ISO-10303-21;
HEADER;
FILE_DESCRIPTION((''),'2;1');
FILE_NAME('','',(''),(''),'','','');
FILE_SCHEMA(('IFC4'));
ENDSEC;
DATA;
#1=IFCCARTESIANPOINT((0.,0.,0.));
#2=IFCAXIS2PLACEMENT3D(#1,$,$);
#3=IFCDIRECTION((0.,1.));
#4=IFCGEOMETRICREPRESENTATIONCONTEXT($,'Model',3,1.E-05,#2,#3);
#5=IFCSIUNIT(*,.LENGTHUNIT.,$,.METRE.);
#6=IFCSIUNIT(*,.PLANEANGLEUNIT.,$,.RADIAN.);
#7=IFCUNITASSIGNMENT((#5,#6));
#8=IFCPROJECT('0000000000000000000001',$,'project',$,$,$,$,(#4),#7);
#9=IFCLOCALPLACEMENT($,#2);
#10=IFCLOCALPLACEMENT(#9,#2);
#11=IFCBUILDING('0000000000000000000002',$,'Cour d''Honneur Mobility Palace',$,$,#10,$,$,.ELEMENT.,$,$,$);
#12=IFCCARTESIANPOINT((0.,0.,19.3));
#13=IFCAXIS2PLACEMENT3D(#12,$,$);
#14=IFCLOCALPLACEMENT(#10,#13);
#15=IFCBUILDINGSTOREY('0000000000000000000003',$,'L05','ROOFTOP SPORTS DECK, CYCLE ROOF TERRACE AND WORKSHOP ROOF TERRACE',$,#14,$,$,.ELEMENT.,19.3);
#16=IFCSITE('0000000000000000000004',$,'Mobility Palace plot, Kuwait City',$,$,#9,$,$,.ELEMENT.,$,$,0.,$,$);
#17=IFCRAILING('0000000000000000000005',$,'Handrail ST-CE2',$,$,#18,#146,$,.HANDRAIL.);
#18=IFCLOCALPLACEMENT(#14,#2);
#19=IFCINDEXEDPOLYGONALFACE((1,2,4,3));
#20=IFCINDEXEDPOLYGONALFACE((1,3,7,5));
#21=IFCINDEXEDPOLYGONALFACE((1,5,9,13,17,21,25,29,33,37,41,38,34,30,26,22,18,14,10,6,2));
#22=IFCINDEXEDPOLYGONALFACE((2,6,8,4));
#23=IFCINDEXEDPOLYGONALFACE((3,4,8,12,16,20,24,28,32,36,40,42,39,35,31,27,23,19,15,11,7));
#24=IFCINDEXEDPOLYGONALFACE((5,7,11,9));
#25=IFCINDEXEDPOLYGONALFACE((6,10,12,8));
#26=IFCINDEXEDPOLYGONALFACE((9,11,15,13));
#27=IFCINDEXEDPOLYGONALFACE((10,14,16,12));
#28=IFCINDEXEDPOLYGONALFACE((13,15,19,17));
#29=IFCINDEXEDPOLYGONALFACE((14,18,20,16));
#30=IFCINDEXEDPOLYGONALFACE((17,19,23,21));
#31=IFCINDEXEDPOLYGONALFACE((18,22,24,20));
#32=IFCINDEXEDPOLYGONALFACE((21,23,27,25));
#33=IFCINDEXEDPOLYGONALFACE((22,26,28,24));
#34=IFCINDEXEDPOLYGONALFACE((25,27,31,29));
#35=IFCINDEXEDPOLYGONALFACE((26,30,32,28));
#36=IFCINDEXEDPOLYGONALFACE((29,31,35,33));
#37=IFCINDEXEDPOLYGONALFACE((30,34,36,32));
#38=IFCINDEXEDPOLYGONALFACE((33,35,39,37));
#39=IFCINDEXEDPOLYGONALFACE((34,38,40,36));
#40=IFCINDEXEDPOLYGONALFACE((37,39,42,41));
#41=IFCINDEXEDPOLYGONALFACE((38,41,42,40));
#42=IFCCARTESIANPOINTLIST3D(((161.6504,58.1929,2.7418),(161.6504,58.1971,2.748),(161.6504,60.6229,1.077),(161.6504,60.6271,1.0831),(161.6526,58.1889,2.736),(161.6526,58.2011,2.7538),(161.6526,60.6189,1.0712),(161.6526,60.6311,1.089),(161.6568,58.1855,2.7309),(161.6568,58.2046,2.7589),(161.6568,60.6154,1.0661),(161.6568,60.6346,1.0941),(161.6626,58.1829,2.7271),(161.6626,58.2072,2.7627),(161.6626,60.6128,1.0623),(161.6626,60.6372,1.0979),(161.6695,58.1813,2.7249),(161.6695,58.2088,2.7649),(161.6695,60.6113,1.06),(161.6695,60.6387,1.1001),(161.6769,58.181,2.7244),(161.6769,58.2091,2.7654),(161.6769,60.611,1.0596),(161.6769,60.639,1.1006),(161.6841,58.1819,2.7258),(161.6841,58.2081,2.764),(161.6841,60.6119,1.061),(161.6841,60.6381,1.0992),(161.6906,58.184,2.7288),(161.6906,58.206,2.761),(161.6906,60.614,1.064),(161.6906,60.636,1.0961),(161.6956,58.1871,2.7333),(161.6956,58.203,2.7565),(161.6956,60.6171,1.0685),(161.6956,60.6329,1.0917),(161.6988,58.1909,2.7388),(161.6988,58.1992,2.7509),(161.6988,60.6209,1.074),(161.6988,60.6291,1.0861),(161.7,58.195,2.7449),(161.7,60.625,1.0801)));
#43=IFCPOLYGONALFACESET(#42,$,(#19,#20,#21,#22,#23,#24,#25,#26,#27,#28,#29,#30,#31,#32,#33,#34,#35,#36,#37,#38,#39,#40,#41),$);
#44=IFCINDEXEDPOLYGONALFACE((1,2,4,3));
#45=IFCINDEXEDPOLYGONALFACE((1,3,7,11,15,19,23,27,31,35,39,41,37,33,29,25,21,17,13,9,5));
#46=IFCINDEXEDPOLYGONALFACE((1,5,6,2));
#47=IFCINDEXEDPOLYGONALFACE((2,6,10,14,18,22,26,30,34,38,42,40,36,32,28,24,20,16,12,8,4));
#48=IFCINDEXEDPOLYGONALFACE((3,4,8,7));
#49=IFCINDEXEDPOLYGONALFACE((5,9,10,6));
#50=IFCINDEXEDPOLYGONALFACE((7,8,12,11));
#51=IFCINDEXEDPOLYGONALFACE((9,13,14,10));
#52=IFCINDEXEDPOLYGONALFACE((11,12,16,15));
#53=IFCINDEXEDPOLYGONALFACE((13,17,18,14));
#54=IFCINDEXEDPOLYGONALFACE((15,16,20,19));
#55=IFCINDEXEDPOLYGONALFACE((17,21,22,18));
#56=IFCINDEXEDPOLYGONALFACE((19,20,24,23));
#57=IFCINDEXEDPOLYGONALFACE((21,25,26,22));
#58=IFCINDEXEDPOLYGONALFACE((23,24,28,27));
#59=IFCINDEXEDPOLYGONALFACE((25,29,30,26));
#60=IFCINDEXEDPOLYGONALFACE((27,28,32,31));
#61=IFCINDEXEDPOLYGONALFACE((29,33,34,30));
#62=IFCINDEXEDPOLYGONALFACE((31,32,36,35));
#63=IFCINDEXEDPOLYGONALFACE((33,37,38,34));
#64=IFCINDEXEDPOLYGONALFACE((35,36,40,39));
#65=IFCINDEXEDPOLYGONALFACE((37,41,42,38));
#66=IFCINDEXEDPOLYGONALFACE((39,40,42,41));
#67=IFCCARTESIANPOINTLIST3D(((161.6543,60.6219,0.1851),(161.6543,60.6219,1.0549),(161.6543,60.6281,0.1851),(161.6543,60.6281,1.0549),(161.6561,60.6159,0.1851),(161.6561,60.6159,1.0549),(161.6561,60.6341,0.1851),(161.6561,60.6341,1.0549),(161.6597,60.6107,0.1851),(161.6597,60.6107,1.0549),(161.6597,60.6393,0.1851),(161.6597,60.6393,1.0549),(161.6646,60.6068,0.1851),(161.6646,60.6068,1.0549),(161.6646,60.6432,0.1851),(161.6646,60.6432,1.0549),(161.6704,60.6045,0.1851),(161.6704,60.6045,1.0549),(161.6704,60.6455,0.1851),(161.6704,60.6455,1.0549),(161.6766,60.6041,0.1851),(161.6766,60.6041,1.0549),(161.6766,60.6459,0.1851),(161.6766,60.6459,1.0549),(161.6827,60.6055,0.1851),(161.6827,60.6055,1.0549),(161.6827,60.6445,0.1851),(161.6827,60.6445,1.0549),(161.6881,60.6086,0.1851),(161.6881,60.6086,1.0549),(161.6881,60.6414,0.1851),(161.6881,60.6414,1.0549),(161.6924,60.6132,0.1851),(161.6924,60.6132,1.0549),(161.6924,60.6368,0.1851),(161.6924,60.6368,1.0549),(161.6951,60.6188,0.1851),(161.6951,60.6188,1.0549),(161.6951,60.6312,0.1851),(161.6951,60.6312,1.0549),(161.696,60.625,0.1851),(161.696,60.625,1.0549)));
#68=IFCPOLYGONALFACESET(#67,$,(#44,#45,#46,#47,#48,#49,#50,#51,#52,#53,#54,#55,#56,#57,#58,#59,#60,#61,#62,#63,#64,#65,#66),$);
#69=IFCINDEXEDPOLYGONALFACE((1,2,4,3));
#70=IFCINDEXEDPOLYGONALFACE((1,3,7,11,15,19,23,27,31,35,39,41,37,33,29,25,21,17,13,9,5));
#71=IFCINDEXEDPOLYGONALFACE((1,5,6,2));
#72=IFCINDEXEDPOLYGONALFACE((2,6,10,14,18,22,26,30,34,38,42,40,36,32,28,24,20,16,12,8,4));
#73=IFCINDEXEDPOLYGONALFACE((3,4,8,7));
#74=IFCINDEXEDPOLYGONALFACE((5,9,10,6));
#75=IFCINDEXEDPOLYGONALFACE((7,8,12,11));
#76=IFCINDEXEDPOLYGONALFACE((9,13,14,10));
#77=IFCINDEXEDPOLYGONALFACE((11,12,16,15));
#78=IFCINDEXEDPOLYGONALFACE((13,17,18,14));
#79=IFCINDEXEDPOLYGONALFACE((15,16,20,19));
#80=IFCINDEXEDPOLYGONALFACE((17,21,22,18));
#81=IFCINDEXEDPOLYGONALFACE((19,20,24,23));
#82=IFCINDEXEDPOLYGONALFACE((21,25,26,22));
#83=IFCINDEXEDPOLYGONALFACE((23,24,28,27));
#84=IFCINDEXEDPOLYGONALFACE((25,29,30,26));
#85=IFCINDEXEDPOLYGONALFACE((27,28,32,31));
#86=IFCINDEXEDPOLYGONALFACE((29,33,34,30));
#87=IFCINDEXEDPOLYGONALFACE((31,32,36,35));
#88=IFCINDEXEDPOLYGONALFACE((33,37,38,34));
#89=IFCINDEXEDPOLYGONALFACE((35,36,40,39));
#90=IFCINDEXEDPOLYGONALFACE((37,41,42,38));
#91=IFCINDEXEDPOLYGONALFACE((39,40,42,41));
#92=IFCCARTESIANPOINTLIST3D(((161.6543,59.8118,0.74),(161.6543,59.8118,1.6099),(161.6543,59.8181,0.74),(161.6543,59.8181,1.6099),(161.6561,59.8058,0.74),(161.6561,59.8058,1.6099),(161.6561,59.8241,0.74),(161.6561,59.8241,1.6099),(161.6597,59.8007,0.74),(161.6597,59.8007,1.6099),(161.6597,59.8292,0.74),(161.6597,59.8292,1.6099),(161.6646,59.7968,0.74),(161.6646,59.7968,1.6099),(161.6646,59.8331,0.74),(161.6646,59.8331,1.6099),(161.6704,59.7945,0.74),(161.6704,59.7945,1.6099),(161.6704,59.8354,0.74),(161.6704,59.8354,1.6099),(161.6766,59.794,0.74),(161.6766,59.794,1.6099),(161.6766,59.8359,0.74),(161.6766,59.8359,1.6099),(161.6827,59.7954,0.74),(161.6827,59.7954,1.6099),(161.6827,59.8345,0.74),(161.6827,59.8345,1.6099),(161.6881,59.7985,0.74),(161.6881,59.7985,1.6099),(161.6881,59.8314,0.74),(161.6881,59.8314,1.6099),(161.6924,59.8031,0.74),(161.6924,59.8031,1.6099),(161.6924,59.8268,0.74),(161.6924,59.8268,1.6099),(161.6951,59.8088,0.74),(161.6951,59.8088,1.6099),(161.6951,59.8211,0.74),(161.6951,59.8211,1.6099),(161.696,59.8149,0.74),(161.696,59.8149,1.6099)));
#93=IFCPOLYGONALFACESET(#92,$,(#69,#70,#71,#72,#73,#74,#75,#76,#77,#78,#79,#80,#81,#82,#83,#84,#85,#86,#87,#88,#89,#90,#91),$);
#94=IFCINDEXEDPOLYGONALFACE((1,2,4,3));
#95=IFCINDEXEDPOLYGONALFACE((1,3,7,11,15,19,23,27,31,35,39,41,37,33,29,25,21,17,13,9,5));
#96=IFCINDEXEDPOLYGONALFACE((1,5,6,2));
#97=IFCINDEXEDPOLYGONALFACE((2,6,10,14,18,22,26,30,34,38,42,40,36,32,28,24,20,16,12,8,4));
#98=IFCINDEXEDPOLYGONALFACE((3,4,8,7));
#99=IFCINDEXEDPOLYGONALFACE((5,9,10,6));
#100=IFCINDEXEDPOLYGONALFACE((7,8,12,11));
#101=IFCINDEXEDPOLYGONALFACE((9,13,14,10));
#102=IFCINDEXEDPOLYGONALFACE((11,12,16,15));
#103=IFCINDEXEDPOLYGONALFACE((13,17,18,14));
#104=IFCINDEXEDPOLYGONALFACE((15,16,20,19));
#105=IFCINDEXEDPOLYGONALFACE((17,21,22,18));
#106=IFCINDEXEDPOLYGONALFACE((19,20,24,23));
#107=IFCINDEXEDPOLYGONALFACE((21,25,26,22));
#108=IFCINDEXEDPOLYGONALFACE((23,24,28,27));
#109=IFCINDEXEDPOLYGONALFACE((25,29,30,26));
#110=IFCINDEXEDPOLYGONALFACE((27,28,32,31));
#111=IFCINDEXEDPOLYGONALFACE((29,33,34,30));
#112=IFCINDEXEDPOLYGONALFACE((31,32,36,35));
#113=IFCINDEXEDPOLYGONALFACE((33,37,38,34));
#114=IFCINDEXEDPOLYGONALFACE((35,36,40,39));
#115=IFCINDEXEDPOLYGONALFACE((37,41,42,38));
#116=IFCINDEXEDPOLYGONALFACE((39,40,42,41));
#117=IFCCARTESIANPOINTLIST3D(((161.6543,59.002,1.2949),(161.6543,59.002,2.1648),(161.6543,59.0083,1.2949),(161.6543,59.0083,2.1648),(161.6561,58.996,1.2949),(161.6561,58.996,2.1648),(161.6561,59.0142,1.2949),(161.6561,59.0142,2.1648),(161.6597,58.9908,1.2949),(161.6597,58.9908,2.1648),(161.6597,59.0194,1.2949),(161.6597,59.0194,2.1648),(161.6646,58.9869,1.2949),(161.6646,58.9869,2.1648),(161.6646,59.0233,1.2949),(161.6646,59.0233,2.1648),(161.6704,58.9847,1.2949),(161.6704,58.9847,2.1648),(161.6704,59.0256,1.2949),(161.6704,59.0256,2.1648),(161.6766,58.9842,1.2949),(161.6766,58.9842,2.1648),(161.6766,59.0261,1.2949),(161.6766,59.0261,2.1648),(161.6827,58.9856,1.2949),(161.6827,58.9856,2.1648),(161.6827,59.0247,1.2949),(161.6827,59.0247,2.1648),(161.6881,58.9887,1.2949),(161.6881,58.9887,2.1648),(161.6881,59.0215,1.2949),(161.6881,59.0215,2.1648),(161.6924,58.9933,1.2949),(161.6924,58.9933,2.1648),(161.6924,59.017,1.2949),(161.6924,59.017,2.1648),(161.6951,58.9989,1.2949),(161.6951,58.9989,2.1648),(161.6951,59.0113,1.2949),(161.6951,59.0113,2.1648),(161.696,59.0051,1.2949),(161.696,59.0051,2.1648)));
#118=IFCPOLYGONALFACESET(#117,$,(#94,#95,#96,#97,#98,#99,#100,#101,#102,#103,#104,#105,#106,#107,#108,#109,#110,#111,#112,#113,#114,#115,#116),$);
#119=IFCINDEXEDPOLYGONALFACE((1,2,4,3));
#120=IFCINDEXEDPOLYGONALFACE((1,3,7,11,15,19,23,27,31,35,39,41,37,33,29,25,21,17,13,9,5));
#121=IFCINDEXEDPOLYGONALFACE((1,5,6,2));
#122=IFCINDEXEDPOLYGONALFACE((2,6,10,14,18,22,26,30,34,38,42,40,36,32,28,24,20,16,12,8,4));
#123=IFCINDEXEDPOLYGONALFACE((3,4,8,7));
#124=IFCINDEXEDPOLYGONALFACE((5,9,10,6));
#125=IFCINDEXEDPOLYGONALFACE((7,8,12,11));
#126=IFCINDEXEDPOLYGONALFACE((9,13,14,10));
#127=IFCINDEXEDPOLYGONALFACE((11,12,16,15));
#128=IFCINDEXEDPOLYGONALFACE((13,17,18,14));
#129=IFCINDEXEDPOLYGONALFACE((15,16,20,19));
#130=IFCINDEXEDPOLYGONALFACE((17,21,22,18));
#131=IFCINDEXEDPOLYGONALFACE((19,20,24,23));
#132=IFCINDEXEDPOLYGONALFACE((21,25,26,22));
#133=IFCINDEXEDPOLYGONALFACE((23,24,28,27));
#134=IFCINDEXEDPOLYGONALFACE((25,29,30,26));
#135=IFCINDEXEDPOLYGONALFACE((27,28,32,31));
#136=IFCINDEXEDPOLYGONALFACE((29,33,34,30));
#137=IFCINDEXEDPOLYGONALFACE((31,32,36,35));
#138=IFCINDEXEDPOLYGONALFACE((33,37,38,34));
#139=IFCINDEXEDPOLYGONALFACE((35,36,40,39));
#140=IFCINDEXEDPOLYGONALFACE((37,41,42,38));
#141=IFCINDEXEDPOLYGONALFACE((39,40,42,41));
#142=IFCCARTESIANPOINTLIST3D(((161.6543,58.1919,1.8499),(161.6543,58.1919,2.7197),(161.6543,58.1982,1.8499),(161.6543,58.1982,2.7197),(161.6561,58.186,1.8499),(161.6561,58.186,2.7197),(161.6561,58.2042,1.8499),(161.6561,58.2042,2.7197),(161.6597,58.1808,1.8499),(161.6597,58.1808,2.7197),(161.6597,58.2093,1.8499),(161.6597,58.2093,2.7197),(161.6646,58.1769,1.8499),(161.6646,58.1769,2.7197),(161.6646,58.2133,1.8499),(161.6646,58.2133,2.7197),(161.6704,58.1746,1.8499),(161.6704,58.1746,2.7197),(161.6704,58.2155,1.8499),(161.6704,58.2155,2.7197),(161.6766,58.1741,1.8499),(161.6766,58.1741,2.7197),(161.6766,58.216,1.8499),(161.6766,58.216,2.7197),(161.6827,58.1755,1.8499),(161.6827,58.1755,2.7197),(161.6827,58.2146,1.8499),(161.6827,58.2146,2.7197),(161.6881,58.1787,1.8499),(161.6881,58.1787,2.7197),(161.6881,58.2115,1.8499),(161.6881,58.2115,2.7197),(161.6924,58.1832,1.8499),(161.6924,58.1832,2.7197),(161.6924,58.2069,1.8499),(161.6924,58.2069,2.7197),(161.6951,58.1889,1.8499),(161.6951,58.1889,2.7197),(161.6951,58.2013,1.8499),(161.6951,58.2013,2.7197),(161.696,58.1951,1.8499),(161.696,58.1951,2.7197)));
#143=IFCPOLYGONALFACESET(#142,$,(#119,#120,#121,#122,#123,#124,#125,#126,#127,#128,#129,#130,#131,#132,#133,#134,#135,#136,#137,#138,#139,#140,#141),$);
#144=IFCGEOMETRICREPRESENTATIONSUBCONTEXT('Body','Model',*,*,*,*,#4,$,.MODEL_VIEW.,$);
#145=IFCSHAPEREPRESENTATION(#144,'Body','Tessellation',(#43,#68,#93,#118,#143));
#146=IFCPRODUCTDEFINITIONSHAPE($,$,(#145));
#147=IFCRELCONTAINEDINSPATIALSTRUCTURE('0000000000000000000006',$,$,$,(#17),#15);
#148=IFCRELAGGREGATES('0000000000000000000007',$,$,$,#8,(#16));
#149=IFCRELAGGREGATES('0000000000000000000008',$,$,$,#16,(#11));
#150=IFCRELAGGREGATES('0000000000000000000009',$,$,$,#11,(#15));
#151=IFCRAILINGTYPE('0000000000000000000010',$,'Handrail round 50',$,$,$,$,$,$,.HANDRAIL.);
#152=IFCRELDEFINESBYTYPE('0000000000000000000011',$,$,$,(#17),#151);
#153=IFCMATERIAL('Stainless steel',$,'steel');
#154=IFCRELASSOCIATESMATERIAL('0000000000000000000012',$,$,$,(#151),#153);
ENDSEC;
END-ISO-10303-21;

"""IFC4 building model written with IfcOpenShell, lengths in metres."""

from ifc_helpers import new_model, si_unit, direction, frame, origin, origin_2d, place, context, subcontext, project, spatial, circle, extrude, material, type_object, element, save


model = new_model("IFC4")

# Units and contexts
model_context = context("Model", 3, precision=1e-05, world=origin(), true_north=direction((0.0, 1.0)))
body_context = subcontext(model_context, "Body", "Model", "MODEL_VIEW")
ifc_project = project(units=[si_unit("LENGTHUNIT", "METRE"), si_unit("PLANEANGLEUNIT", "RADIAN")], contexts=[model_context])

# Site, building, storey
site_placement = place(None, origin())
site = spatial("IfcSite", under=ifc_project, at=site_placement, Name="Mobility Palace plot, Kuwait City", CompositionType="ELEMENT", RefElevation=0.0)
building_placement = place(site_placement, origin())
building = spatial("IfcBuilding", under=site, at=building_placement, Name="Cour d'Honneur Mobility Palace", CompositionType="ELEMENT")
storey_placement = place(building_placement, frame((0.0, 0.0, 19.3)))
storey = spatial("IfcBuildingStorey", under=building, at=storey_placement, Name="L05", Description="ROOFTOP SPORTS DECK, CYCLE ROOF TERRACE AND WORKSHOP ROOF TERRACE", CompositionType="ELEMENT", Elevation=19.3)

# Railing
ifc_material_1 = material(Name="Stainless steel", Category="steel")
railing_type_1 = type_object("IfcRailingType", Name="Handrail round 50", PredefinedType="HANDRAIL", material=ifc_material_1)
railing_1_placement = place(storey_placement, frame((161.675, 60.625, 0.1851)))
element("IfcRailing", 1, at=railing_1_placement, inside=storey, type_object=railing_type_1, Name="Handrail ST-CE2", PredefinedType="HANDRAIL", context=body_context, shape_type="SweptSolid", body=[
    extrude(circle(Radius=0.0249, at=origin_2d()), frame((0.0, 0.0, 0.895), z_axis=(0.0, -0.824957, 0.565195), x_axis=(1.0, 0.0, 0.0)), (0.0, 0.0, 1.0), 2.9456),
    extrude(circle(Radius=0.021, at=origin_2d()), origin(), (0.0, 0.0, 1.0), 0.8699),
    extrude(circle(Radius=0.021, at=origin_2d()), frame((0.0, -0.8101, 0.5549)), (0.0, 0.0, 1.0), 0.8699),
    extrude(circle(Radius=0.021, at=origin_2d()), frame((0.0, -1.6199, 1.1099)), (0.0, 0.0, 1.0), 0.8699),
    extrude(circle(Radius=0.021, at=origin_2d()), frame((0.0, -2.4299, 1.6648)), (0.0, 0.0, 1.0), 0.8699),
])

save(model, "model.ifc")
